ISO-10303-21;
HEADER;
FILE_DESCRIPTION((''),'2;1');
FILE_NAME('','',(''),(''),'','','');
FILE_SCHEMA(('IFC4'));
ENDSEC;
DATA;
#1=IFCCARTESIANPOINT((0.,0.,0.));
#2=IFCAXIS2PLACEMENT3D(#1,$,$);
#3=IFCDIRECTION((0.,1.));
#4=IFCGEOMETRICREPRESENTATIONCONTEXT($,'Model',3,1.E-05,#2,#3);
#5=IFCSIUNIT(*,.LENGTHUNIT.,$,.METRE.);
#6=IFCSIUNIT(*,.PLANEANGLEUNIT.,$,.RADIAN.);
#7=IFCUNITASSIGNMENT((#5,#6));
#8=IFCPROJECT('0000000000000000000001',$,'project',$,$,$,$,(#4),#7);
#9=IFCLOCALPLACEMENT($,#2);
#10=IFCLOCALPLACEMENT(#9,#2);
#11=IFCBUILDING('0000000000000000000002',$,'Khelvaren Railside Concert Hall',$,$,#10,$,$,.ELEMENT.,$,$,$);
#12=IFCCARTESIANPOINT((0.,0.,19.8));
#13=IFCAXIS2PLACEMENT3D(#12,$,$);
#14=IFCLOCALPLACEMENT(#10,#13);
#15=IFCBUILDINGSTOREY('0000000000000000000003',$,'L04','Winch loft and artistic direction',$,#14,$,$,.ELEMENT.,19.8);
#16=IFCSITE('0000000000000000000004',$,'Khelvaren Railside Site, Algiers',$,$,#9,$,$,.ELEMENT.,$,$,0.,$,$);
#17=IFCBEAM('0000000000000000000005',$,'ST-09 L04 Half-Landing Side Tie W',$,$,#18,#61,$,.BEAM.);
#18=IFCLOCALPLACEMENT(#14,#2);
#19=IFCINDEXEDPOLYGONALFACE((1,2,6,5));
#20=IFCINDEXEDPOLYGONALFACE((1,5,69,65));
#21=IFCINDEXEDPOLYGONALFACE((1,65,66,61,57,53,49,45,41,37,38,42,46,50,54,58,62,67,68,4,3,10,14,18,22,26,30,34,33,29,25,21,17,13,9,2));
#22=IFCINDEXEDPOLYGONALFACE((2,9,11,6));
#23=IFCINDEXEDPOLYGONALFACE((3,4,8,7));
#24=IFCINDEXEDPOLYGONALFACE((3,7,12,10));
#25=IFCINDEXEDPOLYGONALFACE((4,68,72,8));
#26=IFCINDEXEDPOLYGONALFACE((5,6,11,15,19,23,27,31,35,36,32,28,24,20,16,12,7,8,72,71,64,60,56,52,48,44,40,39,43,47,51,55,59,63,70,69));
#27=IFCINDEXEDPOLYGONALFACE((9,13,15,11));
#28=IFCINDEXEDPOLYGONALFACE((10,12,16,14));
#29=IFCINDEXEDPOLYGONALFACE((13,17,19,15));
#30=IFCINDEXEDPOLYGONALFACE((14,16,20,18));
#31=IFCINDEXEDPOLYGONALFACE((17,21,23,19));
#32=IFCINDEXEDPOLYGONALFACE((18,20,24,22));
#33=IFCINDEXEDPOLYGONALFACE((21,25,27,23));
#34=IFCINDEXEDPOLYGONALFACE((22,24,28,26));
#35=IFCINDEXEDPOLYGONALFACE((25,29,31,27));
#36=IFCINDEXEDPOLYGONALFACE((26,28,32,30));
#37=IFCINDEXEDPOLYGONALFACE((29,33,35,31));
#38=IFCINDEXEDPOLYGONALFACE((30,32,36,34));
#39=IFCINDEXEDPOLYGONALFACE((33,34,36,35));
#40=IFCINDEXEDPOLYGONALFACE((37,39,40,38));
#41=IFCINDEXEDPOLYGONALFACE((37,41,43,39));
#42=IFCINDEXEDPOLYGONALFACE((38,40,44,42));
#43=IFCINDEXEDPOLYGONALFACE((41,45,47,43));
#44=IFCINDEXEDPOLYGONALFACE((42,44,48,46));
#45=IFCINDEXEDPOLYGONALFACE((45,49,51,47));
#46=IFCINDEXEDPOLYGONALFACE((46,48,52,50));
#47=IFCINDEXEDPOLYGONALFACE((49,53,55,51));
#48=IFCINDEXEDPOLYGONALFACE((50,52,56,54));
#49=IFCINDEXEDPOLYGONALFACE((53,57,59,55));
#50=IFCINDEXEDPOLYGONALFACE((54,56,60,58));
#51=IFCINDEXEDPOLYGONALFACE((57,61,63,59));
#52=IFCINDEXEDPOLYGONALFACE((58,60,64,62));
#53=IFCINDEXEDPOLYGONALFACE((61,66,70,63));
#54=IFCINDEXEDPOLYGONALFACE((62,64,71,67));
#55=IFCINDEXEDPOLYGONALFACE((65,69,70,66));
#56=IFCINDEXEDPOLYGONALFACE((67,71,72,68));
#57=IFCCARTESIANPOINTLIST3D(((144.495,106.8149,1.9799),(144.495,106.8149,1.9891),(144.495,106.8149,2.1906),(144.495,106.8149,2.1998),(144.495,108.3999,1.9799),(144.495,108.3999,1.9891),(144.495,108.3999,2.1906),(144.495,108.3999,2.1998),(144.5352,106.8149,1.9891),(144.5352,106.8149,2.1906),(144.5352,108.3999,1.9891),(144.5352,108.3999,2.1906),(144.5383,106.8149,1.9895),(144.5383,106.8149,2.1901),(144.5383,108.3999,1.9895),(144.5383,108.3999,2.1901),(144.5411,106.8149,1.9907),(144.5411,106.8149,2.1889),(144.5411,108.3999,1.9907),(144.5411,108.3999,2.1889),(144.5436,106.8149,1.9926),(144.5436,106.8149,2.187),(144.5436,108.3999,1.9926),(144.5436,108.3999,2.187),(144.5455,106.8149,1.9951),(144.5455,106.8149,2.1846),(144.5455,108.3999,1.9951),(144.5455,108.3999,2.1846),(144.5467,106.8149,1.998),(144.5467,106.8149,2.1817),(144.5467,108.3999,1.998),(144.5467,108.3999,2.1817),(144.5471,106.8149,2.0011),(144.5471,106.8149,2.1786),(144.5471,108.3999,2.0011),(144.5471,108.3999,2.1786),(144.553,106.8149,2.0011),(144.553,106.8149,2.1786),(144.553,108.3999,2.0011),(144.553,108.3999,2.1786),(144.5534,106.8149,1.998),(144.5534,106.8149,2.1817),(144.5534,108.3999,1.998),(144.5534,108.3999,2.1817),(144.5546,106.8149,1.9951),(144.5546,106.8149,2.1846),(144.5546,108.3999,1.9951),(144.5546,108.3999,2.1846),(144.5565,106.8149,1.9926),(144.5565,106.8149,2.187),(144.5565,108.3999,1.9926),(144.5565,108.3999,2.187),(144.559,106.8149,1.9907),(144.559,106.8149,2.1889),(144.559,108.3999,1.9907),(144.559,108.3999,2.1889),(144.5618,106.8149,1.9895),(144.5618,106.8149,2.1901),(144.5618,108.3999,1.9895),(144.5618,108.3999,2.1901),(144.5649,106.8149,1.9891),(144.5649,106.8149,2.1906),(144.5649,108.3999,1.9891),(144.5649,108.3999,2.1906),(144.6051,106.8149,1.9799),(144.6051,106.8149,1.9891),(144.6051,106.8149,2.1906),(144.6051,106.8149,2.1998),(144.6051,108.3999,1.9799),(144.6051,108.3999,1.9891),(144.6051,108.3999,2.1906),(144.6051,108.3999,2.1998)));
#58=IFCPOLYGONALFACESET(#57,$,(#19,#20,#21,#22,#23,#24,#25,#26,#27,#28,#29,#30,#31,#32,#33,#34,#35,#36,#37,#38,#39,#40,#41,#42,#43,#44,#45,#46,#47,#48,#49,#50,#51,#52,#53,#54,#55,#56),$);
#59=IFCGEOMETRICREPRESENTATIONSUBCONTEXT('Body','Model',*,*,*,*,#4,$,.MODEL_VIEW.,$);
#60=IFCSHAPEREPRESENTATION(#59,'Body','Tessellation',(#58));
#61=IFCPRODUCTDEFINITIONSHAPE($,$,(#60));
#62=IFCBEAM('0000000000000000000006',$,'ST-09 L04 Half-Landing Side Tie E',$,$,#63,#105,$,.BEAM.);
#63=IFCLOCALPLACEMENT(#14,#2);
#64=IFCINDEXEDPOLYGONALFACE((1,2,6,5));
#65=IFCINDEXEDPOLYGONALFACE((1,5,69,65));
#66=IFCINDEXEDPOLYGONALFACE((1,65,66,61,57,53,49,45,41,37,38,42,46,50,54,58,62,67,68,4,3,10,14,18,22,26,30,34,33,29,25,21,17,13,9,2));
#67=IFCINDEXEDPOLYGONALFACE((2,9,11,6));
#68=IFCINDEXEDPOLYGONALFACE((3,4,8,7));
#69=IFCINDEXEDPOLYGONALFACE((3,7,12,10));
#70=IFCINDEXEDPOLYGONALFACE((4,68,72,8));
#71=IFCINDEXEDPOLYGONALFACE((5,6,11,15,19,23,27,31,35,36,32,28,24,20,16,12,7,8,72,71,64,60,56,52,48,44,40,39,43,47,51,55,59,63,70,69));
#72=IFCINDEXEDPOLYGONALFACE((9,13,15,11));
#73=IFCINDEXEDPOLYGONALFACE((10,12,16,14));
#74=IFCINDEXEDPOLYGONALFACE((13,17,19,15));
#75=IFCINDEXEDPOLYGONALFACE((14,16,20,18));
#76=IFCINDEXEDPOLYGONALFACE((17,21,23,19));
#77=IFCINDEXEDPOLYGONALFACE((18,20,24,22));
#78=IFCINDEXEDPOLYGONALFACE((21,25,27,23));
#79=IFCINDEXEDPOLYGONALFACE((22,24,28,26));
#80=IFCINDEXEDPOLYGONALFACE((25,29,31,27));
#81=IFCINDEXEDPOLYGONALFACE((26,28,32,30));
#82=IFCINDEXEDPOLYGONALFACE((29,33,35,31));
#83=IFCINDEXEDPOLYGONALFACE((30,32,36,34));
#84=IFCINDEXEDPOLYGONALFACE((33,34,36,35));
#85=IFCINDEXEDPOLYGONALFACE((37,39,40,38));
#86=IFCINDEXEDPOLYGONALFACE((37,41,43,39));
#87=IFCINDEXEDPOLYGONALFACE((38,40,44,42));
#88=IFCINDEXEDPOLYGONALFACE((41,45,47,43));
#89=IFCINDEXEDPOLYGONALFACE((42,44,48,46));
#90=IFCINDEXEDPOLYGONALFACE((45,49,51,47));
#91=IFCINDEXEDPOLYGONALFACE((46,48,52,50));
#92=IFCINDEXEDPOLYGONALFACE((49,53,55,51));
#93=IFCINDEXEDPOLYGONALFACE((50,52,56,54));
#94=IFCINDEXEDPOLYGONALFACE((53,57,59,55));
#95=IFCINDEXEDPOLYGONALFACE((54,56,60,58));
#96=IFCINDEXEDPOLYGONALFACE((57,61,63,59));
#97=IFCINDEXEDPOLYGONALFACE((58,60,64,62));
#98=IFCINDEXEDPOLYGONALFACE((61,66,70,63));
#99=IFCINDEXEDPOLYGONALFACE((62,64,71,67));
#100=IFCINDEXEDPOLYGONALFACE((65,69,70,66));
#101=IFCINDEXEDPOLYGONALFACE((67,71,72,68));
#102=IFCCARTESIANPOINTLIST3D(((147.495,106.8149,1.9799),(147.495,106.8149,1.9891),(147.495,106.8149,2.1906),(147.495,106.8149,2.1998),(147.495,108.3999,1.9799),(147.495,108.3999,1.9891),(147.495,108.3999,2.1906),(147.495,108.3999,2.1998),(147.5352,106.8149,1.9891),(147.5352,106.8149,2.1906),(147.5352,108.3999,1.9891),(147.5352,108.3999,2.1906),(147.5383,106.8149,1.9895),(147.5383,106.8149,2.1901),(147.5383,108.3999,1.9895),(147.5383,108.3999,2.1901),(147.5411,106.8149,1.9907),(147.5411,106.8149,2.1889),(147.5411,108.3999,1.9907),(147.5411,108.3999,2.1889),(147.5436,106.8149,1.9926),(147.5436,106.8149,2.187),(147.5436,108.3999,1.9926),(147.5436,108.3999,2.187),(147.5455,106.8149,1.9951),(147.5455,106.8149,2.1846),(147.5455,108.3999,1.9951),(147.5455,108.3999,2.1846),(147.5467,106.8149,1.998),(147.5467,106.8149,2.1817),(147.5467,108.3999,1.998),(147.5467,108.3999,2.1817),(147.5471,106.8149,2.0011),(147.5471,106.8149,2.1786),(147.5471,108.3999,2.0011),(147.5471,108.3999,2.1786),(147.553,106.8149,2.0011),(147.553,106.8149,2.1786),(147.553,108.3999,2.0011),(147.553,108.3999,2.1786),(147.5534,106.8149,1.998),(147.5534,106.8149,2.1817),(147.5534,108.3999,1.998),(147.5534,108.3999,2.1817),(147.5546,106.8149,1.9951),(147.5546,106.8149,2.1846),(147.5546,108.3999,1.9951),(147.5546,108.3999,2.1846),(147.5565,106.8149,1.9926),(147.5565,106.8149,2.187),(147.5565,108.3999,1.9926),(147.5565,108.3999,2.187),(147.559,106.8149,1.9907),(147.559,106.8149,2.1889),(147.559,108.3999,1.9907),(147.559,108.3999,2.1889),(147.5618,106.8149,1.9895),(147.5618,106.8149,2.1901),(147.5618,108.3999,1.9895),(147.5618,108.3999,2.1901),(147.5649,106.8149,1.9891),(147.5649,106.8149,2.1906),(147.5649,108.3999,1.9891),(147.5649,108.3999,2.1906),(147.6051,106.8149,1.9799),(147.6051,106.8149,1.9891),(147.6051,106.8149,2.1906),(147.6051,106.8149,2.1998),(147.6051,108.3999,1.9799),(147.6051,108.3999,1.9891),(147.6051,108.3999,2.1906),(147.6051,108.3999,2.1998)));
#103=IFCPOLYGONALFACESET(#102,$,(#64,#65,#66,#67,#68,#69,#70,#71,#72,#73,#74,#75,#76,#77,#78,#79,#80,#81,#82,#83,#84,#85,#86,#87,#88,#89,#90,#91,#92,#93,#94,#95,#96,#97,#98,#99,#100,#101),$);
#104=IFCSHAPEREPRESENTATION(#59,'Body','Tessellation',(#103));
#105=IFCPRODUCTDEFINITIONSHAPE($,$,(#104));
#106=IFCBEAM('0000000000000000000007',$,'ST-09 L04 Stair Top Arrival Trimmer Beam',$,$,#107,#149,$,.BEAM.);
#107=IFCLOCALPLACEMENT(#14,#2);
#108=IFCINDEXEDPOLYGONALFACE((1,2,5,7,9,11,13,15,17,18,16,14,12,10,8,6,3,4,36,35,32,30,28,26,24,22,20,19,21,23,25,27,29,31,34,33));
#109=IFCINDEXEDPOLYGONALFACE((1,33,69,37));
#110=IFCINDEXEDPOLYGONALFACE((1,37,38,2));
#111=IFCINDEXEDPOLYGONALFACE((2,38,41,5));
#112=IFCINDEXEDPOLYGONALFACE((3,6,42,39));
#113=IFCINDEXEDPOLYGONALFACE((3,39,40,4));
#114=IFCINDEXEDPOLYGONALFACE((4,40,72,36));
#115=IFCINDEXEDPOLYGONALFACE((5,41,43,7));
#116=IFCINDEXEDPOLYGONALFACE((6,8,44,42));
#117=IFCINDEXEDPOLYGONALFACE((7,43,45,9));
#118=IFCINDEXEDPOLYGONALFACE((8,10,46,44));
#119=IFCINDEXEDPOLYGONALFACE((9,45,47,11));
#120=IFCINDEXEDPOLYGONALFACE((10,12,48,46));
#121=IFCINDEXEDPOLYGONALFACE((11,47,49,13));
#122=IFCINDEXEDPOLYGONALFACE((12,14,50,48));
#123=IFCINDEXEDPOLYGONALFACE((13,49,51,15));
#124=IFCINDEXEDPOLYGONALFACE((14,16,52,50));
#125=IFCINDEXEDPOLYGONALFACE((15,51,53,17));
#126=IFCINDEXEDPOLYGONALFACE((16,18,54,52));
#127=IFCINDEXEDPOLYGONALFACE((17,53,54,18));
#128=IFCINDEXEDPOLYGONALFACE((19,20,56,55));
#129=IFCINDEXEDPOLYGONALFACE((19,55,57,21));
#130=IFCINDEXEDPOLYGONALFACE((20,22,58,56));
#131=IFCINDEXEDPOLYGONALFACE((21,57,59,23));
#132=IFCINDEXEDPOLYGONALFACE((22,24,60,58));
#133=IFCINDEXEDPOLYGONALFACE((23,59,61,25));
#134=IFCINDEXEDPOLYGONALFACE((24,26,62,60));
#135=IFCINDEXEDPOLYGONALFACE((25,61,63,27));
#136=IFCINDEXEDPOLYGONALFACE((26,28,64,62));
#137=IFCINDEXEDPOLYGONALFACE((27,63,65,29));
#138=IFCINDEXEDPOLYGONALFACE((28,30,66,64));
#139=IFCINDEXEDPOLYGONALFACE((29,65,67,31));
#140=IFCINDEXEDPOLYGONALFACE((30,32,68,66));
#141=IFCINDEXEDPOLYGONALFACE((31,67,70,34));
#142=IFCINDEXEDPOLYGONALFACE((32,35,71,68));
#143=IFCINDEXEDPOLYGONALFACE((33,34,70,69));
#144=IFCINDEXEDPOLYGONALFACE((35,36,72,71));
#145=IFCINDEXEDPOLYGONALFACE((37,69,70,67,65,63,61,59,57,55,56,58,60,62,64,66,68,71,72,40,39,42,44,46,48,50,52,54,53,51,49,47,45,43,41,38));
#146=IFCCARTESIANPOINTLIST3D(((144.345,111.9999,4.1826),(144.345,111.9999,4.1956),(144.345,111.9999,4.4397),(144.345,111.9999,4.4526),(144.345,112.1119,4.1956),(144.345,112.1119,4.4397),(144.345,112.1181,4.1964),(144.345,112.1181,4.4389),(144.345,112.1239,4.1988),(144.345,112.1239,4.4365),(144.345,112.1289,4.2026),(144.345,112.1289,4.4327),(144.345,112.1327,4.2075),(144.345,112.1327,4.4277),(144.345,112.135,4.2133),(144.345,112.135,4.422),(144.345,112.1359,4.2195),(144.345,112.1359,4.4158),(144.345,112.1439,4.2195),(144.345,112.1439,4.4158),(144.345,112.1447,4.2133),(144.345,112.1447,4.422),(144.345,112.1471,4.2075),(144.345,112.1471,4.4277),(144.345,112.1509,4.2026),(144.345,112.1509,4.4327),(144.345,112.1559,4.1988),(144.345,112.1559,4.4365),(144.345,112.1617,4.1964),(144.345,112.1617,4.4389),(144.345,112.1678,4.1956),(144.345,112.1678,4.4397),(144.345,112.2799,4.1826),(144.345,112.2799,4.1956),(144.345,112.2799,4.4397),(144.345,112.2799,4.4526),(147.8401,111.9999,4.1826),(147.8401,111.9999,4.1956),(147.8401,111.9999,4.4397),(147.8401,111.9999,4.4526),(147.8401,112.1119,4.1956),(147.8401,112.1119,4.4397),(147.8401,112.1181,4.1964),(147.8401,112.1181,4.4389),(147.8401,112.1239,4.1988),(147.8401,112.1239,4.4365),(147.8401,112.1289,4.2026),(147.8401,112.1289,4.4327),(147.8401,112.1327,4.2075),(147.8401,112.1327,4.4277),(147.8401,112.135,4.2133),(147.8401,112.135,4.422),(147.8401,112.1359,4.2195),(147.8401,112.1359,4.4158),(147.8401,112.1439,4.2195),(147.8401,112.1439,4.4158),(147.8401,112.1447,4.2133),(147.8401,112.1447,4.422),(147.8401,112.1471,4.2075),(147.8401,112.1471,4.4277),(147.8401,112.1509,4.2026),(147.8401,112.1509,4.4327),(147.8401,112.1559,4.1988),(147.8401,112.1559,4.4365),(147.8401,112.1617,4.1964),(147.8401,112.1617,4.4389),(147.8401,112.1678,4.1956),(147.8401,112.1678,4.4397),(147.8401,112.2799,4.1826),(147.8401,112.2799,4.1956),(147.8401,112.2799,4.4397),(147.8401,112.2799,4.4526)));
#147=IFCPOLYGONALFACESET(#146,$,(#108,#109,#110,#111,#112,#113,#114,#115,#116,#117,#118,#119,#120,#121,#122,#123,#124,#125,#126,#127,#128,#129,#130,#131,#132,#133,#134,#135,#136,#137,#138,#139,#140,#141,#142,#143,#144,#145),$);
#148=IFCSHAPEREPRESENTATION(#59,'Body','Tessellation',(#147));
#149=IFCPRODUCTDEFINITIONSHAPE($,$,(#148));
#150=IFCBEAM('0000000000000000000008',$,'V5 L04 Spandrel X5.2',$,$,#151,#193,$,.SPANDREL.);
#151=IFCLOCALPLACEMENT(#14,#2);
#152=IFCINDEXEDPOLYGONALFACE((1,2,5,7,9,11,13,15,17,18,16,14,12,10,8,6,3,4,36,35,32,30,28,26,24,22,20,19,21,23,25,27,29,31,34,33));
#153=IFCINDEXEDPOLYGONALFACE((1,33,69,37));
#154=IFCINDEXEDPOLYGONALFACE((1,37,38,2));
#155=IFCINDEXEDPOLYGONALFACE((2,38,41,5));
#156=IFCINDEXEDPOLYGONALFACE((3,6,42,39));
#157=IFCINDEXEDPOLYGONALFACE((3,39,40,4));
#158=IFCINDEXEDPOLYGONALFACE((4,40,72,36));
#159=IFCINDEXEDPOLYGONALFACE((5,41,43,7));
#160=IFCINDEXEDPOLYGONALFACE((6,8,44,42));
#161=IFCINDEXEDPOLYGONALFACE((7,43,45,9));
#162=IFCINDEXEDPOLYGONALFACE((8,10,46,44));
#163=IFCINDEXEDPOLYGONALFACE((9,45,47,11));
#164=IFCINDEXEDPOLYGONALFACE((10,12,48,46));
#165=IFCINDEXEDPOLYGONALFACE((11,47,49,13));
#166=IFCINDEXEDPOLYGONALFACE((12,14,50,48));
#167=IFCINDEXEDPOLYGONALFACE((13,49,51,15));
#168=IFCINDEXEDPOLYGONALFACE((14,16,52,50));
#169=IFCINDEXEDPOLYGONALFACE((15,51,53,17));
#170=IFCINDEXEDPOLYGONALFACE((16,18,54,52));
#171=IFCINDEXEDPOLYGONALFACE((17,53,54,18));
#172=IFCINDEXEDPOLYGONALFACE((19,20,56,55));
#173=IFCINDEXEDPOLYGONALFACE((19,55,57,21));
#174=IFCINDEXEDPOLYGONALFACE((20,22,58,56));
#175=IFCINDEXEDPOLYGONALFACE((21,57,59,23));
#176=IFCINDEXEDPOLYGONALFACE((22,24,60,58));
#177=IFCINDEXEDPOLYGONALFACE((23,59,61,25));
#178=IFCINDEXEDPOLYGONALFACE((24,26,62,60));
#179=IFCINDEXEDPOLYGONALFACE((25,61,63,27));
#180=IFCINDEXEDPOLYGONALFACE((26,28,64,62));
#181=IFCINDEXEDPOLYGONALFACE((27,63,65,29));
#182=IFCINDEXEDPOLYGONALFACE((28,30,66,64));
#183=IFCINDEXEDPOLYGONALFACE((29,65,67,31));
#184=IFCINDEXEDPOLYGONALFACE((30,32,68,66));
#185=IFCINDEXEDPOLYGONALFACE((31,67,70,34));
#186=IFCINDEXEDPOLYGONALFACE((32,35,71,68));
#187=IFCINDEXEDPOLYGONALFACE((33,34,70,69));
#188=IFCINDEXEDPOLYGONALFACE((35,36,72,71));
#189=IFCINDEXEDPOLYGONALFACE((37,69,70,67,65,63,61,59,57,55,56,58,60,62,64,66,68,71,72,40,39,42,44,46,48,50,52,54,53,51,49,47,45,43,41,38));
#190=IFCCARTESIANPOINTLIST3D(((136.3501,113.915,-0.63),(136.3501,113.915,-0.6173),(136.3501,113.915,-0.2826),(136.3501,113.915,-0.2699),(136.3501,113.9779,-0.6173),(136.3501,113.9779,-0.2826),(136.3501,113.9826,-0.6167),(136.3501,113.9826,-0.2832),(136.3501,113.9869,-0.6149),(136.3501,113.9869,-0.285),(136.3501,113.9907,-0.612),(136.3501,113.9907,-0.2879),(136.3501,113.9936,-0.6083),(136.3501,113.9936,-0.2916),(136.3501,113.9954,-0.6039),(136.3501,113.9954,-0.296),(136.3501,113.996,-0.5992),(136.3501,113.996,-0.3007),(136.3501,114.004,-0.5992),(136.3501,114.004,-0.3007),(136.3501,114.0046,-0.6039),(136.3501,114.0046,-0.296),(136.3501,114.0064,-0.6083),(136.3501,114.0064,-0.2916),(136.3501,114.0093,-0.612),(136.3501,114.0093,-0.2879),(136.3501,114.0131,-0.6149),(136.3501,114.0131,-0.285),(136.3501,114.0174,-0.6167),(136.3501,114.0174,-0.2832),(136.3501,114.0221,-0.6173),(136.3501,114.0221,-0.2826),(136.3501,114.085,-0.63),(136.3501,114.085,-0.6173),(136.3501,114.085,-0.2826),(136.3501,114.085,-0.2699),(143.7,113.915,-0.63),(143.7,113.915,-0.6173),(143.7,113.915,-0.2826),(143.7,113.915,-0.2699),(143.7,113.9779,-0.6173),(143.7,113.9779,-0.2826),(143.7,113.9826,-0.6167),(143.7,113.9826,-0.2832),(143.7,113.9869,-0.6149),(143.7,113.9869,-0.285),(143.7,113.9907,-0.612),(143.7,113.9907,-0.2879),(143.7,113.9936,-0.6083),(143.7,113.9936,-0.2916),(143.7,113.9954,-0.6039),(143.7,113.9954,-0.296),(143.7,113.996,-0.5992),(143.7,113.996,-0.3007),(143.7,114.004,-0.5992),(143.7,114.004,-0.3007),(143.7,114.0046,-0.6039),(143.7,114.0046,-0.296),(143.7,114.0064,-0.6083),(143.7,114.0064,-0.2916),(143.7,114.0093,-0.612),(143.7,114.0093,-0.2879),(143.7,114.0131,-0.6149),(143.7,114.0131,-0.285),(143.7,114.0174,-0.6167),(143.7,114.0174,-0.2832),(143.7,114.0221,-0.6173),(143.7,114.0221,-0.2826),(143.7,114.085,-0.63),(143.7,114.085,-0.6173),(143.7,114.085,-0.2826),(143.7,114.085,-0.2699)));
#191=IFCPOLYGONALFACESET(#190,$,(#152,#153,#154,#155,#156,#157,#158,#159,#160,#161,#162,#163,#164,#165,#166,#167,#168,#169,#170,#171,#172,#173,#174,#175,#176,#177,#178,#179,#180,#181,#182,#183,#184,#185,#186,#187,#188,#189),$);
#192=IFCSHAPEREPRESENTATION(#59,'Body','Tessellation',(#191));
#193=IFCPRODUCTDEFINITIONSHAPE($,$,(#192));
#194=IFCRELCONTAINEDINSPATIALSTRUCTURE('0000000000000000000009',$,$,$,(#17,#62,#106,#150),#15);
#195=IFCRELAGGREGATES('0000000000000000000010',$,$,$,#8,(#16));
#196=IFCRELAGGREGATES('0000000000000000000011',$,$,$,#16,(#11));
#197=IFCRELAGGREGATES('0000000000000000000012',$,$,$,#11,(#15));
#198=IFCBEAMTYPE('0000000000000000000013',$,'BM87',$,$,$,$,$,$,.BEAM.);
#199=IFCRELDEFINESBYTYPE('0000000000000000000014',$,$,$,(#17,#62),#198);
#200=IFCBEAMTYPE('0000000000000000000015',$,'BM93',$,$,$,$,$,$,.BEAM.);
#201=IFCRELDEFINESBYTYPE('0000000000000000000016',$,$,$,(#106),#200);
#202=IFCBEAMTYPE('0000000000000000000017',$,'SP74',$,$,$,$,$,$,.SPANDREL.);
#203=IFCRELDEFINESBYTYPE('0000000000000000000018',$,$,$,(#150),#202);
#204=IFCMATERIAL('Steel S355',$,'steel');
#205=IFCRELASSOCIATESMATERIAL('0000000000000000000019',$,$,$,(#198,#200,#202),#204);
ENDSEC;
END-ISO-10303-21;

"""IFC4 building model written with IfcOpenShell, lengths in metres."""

from ifc_helpers import new_model, si_unit, direction, frame, origin, origin_2d, place, context, subcontext, project, spatial, i_section, extrude, material, material_profile, profile_set, type_object, element, save


model = new_model("IFC4")

# Units and contexts
model_context = context("Model", 3, precision=1e-05, world=origin(), true_north=direction((0.0, 1.0)))
body_context = subcontext(model_context, "Body", "Model", "MODEL_VIEW")
ifc_project = project(units=[si_unit("LENGTHUNIT", "METRE"), si_unit("PLANEANGLEUNIT", "RADIAN")], contexts=[model_context])

# Site, building, storey
site_placement = place(None, origin())
site = spatial("IfcSite", under=ifc_project, at=site_placement, Name="Khelvaren Railside Site, Algiers", CompositionType="ELEMENT", RefElevation=0.0)
building_placement = place(site_placement, origin())
building = spatial("IfcBuilding", under=site, at=building_placement, Name="Khelvaren Railside Concert Hall", CompositionType="ELEMENT")
storey_placement = place(building_placement, frame((0.0, 0.0, 19.8)))
storey = spatial("IfcBuildingStorey", under=building, at=storey_placement, Name="L04", Description="Winch loft and artistic direction", CompositionType="ELEMENT", Elevation=19.8)

# Beams
ifc_material_1 = material(Name="Steel S355", Category="steel")
ifc_material_profile_1 = material_profile(ifc_material_1, i_section(OverallWidth=0.1101, OverallDepth=0.22, WebThickness=0.0059, FlangeThickness=0.0093, FilletRadius=0.012, at=origin_2d()), Name="IPE 220")
ifc_profile_set_1 = profile_set([ifc_material_profile_1], Name="Steel S355")
beam_type_1 = type_object("IfcBeamType", Name="BM87", PredefinedType="BEAM", material=ifc_profile_set_1)
for number, where, z_axis, x_axis, name in (
    (1, (144.55, 106.8149, 2.0898), (0.0, 1.0, 0.0), (-1.0, 0.0, 0.0), "ST-09 L04 Half-Landing Side Tie W"),
    (2, (147.55, 106.8149, 2.0898), (0.0, 1.0, 0.0), (-1.0, 0.0, 0.0), "ST-09 L04 Half-Landing Side Tie E"),
):
    element("IfcBeam", number, at=place(storey_placement, frame(where, z_axis=z_axis, x_axis=x_axis)), inside=storey, type_object=beam_type_1, Name=name, PredefinedType="BEAM", context=body_context, shape_type="SweptSolid", body=[
        extrude(i_section(OverallWidth=0.1101, OverallDepth=0.22, WebThickness=0.0059, FlangeThickness=0.0093, FilletRadius=0.012, at=origin_2d()), origin(), (0.0, 0.0, 1.0), 1.585),
    ])
ifc_material_profile_2 = material_profile(ifc_material_1, i_section(OverallWidth=0.28, OverallDepth=0.27, WebThickness=0.0081, FlangeThickness=0.0129, FilletRadius=0.0239, at=origin_2d()), Name="HEA 280")
ifc_profile_set_2 = profile_set([ifc_material_profile_2], Name="Steel S355")
beam_type_2 = type_object("IfcBeamType", Name="BM93", PredefinedType="BEAM", material=ifc_profile_set_2)
beam_1_placement = place(storey_placement, frame((144.345, 112.1399, 4.3176), z_axis=(1.0, 0.0, 0.0), x_axis=(0.0, 1.0, 0.0)))
element("IfcBeam", 3, at=beam_1_placement, inside=storey, type_object=beam_type_2, Name="ST-09 L04 Stair Top Arrival Trimmer Beam", PredefinedType="BEAM", context=body_context, shape_type="SweptSolid", body=[
    extrude(i_section(OverallWidth=0.28, OverallDepth=0.27, WebThickness=0.0081, FlangeThickness=0.0129, FilletRadius=0.0239, at=origin_2d()), origin(), (0.0, 0.0, 1.0), 3.4951),
])
ifc_material_profile_3 = material_profile(ifc_material_1, i_section(OverallWidth=0.1699, OverallDepth=0.3601, WebThickness=0.0081, FlangeThickness=0.0127, FilletRadius=0.0181, at=origin_2d()), Name="IPE 360")
ifc_profile_set_3 = profile_set([ifc_material_profile_3], Name="Steel S355")
beam_type_3 = type_object("IfcBeamType", Name="SP74", PredefinedType="SPANDREL", material=ifc_profile_set_3)
beam_2_placement = place(storey_placement, frame((136.3501, 114.0, -0.45), z_axis=(1.0, 0.0, 0.0), x_axis=(0.0, 1.0, 0.0)))
element("IfcBeam", 4, at=beam_2_placement, inside=storey, type_object=beam_type_3, Name="V5 L04 Spandrel X5.2", PredefinedType="SPANDREL", context=body_context, shape_type="SweptSolid", body=[
    extrude(i_section(OverallWidth=0.1699, OverallDepth=0.3601, WebThickness=0.0081, FlangeThickness=0.0127, FilletRadius=0.0181, at=origin_2d()), origin(), (0.0, 0.0, 1.0), 7.3499),
])

save(model, "model.ifc")
